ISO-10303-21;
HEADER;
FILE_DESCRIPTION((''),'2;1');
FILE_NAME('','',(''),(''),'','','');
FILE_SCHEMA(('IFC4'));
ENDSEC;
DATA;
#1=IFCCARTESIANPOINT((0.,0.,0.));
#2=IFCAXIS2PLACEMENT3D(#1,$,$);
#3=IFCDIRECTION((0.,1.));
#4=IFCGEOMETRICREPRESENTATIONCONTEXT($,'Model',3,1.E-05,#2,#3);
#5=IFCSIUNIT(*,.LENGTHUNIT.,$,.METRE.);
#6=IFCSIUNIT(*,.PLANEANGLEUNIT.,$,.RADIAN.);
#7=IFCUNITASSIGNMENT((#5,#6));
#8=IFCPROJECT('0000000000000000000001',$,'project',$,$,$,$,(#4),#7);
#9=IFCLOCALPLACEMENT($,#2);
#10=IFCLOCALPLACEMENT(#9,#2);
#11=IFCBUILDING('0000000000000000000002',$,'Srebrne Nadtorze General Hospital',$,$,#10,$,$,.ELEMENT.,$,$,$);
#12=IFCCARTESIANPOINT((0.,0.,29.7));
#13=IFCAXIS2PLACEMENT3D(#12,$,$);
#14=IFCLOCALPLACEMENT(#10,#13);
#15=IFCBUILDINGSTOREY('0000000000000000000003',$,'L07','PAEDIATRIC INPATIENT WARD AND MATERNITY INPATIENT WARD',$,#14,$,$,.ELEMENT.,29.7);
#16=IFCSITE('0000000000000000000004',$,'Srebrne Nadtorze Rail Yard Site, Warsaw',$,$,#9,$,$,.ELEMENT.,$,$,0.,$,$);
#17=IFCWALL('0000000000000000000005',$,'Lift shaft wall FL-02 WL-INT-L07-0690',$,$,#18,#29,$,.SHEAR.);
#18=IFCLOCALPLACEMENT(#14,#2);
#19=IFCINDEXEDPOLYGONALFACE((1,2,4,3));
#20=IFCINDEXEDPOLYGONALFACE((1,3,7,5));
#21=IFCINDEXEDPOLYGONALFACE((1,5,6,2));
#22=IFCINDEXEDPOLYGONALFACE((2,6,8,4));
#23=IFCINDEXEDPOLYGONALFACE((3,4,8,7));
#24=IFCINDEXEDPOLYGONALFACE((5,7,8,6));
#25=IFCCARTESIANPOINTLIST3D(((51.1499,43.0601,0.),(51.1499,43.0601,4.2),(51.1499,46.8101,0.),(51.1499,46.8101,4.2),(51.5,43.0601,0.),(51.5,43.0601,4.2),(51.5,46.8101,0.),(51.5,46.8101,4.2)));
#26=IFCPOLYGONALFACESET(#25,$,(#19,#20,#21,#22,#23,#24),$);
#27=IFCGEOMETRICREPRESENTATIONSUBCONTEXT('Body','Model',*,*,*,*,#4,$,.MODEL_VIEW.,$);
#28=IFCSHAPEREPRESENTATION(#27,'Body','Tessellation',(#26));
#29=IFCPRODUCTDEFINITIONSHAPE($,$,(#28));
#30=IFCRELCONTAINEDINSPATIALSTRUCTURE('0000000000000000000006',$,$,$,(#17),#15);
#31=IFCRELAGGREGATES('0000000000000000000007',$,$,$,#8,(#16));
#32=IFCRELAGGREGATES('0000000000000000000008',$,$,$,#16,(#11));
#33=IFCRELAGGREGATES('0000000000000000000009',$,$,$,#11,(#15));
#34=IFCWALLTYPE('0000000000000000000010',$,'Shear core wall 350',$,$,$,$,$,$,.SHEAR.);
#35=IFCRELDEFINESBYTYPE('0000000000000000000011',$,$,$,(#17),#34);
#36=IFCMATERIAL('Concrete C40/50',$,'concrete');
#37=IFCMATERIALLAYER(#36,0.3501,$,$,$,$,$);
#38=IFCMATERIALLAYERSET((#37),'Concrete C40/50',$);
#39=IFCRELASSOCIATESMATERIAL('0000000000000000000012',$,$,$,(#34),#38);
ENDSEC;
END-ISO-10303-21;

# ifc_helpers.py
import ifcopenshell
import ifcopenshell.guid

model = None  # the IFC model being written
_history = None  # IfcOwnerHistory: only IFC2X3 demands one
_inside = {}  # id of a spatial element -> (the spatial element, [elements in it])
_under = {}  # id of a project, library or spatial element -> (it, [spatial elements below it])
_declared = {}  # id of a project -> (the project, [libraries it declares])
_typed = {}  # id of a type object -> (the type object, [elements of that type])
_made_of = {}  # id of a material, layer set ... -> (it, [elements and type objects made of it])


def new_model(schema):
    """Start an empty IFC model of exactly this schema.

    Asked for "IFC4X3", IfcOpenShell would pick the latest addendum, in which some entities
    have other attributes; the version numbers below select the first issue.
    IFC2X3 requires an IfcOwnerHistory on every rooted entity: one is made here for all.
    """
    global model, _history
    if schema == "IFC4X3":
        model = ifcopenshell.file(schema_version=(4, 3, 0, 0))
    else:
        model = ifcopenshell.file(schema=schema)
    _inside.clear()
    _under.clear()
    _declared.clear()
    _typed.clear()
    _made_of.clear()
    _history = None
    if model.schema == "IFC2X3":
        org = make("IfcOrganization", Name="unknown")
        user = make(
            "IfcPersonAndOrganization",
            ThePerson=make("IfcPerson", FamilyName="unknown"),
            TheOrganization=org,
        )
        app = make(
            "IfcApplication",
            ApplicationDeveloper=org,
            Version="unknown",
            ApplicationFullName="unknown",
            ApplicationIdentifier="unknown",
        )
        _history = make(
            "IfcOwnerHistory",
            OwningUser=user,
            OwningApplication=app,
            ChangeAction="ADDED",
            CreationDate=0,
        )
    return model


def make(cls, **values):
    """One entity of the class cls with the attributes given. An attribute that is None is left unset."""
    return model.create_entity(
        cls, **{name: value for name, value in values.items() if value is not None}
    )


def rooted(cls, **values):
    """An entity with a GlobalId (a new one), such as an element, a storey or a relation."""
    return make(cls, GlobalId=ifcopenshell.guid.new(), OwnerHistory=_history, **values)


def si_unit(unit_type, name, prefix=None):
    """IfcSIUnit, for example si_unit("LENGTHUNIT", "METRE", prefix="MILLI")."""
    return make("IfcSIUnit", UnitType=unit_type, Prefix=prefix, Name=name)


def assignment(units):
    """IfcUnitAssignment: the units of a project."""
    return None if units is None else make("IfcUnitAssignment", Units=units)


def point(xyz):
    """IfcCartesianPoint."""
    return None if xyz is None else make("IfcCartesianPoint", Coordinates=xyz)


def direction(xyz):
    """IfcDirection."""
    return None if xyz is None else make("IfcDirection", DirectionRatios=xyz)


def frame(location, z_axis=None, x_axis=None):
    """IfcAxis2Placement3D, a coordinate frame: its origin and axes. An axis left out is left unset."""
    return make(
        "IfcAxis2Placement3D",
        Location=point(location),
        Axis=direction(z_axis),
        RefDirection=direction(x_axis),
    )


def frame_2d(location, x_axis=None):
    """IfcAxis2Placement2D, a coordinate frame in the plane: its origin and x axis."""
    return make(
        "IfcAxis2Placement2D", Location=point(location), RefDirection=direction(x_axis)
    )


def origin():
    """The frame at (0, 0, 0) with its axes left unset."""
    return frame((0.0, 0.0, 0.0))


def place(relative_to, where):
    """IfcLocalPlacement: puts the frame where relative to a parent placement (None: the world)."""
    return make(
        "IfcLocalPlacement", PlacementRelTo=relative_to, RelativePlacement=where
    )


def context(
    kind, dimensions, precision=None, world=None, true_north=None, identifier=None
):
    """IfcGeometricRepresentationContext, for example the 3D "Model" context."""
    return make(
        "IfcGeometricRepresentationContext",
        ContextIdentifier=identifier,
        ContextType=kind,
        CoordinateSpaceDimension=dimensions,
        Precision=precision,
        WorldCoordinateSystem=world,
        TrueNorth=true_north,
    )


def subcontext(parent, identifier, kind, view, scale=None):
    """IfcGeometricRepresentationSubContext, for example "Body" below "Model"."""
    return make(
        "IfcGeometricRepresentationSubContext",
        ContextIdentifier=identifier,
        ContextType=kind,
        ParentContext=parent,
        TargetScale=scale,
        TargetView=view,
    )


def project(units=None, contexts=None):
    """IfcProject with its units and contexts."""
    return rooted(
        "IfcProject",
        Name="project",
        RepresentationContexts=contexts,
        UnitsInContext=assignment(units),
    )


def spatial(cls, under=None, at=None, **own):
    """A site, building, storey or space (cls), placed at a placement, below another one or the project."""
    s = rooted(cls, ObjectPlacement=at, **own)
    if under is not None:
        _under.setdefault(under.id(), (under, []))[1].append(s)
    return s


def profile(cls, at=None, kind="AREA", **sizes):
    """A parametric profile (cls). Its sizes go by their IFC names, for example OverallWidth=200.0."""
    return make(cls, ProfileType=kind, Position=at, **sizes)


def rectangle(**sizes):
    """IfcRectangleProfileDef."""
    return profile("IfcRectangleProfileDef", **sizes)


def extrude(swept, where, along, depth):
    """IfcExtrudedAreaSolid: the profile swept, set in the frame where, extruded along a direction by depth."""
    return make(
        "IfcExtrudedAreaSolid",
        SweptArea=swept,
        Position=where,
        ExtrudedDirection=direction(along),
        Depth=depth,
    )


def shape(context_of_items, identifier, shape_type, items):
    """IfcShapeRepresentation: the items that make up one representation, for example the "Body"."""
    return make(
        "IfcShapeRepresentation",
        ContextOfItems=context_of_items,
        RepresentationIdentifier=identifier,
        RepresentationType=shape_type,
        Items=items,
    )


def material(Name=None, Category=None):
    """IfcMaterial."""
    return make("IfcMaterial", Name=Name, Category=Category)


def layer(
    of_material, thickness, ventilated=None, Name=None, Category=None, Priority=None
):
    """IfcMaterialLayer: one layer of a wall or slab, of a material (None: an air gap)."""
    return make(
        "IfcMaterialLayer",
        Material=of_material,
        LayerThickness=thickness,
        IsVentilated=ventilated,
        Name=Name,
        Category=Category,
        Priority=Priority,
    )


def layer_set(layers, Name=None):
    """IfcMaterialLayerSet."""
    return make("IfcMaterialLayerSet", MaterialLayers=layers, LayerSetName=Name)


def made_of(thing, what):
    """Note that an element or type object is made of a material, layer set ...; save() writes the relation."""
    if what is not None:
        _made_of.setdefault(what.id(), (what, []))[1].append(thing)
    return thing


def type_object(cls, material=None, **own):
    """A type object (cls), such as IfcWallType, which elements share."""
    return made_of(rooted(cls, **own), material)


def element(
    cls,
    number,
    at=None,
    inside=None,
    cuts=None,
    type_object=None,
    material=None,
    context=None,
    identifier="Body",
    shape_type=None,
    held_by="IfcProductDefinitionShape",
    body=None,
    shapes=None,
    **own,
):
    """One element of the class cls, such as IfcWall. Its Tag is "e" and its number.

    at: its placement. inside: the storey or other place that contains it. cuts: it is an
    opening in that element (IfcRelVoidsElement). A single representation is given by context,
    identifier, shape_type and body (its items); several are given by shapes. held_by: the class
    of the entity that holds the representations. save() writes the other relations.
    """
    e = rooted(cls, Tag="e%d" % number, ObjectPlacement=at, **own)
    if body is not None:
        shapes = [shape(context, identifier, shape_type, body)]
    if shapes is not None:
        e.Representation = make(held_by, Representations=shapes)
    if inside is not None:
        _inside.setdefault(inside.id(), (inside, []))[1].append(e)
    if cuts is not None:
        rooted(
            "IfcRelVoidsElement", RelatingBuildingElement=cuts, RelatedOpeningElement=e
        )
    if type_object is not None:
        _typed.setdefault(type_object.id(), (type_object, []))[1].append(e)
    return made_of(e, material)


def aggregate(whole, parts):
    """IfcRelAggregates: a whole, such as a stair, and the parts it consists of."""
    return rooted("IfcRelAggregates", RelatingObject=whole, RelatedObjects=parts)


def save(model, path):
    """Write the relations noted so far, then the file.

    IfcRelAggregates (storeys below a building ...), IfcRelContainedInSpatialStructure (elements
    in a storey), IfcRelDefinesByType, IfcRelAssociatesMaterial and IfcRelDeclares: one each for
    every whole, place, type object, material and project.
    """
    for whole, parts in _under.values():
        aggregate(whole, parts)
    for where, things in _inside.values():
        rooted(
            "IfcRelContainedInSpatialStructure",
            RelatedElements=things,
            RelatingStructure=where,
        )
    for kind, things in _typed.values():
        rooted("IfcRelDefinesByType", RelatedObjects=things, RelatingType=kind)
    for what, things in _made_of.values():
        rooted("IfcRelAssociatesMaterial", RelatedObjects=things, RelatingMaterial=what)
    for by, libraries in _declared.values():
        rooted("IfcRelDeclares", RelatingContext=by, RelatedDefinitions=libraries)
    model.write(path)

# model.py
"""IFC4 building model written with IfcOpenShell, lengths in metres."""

from ifc_helpers import new_model, si_unit, direction, frame, frame_2d, origin, place, context, subcontext, project, spatial, rectangle, extrude, material, layer, layer_set, type_object, element, save


model = new_model("IFC4")

# Units and contexts
model_context = context("Model", 3, precision=1e-05, world=origin(), true_north=direction((0.0, 1.0)))
body_context = subcontext(model_context, "Body", "Model", "MODEL_VIEW")
ifc_project = project(units=[si_unit("LENGTHUNIT", "METRE"), si_unit("PLANEANGLEUNIT", "RADIAN")], contexts=[model_context])

# Site, building, storey
site_placement = place(None, origin())
site = spatial("IfcSite", under=ifc_project, at=site_placement, Name="Srebrne Nadtorze Rail Yard Site, Warsaw", CompositionType="ELEMENT", RefElevation=0.0)
building_placement = place(site_placement, origin())
building = spatial("IfcBuilding", under=site, at=building_placement, Name="Srebrne Nadtorze General Hospital", CompositionType="ELEMENT")
storey_placement = place(building_placement, frame((0.0, 0.0, 29.7)))
storey = spatial("IfcBuildingStorey", under=building, at=storey_placement, Name="L07", Description="PAEDIATRIC INPATIENT WARD AND MATERNITY INPATIENT WARD", CompositionType="ELEMENT", Elevation=29.7)

# Shared definitions
ifc_material_1 = material(Name="Concrete C40/50", Category="concrete")
ifc_layer_1 = layer(ifc_material_1, 0.3501)
ifc_layer_set_1 = layer_set([ifc_layer_1], Name="Concrete C40/50")
wall_type_1 = type_object("IfcWallType", Name="Shear core wall 350", PredefinedType="SHEAR", material=ifc_layer_set_1)

# Wall
wall_1_placement = place(storey_placement, frame((51.325, 43.0601, 0.0), z_axis=(0.0, 0.0, 1.0), x_axis=(0.0, 1.0, 0.0)))
element("IfcWall", 1, at=wall_1_placement, inside=storey, type_object=wall_type_1, Name="Lift shaft wall FL-02 WL-INT-L07-0690", PredefinedType="SHEAR", context=body_context, shape_type="SweptSolid", body=[
    extrude(rectangle(XDim=3.75, YDim=0.3501, at=frame_2d((1.875, 0.0))), origin(), (0.0, 0.0, 1.0), 4.2),
])

save(model, "model.ifc")
